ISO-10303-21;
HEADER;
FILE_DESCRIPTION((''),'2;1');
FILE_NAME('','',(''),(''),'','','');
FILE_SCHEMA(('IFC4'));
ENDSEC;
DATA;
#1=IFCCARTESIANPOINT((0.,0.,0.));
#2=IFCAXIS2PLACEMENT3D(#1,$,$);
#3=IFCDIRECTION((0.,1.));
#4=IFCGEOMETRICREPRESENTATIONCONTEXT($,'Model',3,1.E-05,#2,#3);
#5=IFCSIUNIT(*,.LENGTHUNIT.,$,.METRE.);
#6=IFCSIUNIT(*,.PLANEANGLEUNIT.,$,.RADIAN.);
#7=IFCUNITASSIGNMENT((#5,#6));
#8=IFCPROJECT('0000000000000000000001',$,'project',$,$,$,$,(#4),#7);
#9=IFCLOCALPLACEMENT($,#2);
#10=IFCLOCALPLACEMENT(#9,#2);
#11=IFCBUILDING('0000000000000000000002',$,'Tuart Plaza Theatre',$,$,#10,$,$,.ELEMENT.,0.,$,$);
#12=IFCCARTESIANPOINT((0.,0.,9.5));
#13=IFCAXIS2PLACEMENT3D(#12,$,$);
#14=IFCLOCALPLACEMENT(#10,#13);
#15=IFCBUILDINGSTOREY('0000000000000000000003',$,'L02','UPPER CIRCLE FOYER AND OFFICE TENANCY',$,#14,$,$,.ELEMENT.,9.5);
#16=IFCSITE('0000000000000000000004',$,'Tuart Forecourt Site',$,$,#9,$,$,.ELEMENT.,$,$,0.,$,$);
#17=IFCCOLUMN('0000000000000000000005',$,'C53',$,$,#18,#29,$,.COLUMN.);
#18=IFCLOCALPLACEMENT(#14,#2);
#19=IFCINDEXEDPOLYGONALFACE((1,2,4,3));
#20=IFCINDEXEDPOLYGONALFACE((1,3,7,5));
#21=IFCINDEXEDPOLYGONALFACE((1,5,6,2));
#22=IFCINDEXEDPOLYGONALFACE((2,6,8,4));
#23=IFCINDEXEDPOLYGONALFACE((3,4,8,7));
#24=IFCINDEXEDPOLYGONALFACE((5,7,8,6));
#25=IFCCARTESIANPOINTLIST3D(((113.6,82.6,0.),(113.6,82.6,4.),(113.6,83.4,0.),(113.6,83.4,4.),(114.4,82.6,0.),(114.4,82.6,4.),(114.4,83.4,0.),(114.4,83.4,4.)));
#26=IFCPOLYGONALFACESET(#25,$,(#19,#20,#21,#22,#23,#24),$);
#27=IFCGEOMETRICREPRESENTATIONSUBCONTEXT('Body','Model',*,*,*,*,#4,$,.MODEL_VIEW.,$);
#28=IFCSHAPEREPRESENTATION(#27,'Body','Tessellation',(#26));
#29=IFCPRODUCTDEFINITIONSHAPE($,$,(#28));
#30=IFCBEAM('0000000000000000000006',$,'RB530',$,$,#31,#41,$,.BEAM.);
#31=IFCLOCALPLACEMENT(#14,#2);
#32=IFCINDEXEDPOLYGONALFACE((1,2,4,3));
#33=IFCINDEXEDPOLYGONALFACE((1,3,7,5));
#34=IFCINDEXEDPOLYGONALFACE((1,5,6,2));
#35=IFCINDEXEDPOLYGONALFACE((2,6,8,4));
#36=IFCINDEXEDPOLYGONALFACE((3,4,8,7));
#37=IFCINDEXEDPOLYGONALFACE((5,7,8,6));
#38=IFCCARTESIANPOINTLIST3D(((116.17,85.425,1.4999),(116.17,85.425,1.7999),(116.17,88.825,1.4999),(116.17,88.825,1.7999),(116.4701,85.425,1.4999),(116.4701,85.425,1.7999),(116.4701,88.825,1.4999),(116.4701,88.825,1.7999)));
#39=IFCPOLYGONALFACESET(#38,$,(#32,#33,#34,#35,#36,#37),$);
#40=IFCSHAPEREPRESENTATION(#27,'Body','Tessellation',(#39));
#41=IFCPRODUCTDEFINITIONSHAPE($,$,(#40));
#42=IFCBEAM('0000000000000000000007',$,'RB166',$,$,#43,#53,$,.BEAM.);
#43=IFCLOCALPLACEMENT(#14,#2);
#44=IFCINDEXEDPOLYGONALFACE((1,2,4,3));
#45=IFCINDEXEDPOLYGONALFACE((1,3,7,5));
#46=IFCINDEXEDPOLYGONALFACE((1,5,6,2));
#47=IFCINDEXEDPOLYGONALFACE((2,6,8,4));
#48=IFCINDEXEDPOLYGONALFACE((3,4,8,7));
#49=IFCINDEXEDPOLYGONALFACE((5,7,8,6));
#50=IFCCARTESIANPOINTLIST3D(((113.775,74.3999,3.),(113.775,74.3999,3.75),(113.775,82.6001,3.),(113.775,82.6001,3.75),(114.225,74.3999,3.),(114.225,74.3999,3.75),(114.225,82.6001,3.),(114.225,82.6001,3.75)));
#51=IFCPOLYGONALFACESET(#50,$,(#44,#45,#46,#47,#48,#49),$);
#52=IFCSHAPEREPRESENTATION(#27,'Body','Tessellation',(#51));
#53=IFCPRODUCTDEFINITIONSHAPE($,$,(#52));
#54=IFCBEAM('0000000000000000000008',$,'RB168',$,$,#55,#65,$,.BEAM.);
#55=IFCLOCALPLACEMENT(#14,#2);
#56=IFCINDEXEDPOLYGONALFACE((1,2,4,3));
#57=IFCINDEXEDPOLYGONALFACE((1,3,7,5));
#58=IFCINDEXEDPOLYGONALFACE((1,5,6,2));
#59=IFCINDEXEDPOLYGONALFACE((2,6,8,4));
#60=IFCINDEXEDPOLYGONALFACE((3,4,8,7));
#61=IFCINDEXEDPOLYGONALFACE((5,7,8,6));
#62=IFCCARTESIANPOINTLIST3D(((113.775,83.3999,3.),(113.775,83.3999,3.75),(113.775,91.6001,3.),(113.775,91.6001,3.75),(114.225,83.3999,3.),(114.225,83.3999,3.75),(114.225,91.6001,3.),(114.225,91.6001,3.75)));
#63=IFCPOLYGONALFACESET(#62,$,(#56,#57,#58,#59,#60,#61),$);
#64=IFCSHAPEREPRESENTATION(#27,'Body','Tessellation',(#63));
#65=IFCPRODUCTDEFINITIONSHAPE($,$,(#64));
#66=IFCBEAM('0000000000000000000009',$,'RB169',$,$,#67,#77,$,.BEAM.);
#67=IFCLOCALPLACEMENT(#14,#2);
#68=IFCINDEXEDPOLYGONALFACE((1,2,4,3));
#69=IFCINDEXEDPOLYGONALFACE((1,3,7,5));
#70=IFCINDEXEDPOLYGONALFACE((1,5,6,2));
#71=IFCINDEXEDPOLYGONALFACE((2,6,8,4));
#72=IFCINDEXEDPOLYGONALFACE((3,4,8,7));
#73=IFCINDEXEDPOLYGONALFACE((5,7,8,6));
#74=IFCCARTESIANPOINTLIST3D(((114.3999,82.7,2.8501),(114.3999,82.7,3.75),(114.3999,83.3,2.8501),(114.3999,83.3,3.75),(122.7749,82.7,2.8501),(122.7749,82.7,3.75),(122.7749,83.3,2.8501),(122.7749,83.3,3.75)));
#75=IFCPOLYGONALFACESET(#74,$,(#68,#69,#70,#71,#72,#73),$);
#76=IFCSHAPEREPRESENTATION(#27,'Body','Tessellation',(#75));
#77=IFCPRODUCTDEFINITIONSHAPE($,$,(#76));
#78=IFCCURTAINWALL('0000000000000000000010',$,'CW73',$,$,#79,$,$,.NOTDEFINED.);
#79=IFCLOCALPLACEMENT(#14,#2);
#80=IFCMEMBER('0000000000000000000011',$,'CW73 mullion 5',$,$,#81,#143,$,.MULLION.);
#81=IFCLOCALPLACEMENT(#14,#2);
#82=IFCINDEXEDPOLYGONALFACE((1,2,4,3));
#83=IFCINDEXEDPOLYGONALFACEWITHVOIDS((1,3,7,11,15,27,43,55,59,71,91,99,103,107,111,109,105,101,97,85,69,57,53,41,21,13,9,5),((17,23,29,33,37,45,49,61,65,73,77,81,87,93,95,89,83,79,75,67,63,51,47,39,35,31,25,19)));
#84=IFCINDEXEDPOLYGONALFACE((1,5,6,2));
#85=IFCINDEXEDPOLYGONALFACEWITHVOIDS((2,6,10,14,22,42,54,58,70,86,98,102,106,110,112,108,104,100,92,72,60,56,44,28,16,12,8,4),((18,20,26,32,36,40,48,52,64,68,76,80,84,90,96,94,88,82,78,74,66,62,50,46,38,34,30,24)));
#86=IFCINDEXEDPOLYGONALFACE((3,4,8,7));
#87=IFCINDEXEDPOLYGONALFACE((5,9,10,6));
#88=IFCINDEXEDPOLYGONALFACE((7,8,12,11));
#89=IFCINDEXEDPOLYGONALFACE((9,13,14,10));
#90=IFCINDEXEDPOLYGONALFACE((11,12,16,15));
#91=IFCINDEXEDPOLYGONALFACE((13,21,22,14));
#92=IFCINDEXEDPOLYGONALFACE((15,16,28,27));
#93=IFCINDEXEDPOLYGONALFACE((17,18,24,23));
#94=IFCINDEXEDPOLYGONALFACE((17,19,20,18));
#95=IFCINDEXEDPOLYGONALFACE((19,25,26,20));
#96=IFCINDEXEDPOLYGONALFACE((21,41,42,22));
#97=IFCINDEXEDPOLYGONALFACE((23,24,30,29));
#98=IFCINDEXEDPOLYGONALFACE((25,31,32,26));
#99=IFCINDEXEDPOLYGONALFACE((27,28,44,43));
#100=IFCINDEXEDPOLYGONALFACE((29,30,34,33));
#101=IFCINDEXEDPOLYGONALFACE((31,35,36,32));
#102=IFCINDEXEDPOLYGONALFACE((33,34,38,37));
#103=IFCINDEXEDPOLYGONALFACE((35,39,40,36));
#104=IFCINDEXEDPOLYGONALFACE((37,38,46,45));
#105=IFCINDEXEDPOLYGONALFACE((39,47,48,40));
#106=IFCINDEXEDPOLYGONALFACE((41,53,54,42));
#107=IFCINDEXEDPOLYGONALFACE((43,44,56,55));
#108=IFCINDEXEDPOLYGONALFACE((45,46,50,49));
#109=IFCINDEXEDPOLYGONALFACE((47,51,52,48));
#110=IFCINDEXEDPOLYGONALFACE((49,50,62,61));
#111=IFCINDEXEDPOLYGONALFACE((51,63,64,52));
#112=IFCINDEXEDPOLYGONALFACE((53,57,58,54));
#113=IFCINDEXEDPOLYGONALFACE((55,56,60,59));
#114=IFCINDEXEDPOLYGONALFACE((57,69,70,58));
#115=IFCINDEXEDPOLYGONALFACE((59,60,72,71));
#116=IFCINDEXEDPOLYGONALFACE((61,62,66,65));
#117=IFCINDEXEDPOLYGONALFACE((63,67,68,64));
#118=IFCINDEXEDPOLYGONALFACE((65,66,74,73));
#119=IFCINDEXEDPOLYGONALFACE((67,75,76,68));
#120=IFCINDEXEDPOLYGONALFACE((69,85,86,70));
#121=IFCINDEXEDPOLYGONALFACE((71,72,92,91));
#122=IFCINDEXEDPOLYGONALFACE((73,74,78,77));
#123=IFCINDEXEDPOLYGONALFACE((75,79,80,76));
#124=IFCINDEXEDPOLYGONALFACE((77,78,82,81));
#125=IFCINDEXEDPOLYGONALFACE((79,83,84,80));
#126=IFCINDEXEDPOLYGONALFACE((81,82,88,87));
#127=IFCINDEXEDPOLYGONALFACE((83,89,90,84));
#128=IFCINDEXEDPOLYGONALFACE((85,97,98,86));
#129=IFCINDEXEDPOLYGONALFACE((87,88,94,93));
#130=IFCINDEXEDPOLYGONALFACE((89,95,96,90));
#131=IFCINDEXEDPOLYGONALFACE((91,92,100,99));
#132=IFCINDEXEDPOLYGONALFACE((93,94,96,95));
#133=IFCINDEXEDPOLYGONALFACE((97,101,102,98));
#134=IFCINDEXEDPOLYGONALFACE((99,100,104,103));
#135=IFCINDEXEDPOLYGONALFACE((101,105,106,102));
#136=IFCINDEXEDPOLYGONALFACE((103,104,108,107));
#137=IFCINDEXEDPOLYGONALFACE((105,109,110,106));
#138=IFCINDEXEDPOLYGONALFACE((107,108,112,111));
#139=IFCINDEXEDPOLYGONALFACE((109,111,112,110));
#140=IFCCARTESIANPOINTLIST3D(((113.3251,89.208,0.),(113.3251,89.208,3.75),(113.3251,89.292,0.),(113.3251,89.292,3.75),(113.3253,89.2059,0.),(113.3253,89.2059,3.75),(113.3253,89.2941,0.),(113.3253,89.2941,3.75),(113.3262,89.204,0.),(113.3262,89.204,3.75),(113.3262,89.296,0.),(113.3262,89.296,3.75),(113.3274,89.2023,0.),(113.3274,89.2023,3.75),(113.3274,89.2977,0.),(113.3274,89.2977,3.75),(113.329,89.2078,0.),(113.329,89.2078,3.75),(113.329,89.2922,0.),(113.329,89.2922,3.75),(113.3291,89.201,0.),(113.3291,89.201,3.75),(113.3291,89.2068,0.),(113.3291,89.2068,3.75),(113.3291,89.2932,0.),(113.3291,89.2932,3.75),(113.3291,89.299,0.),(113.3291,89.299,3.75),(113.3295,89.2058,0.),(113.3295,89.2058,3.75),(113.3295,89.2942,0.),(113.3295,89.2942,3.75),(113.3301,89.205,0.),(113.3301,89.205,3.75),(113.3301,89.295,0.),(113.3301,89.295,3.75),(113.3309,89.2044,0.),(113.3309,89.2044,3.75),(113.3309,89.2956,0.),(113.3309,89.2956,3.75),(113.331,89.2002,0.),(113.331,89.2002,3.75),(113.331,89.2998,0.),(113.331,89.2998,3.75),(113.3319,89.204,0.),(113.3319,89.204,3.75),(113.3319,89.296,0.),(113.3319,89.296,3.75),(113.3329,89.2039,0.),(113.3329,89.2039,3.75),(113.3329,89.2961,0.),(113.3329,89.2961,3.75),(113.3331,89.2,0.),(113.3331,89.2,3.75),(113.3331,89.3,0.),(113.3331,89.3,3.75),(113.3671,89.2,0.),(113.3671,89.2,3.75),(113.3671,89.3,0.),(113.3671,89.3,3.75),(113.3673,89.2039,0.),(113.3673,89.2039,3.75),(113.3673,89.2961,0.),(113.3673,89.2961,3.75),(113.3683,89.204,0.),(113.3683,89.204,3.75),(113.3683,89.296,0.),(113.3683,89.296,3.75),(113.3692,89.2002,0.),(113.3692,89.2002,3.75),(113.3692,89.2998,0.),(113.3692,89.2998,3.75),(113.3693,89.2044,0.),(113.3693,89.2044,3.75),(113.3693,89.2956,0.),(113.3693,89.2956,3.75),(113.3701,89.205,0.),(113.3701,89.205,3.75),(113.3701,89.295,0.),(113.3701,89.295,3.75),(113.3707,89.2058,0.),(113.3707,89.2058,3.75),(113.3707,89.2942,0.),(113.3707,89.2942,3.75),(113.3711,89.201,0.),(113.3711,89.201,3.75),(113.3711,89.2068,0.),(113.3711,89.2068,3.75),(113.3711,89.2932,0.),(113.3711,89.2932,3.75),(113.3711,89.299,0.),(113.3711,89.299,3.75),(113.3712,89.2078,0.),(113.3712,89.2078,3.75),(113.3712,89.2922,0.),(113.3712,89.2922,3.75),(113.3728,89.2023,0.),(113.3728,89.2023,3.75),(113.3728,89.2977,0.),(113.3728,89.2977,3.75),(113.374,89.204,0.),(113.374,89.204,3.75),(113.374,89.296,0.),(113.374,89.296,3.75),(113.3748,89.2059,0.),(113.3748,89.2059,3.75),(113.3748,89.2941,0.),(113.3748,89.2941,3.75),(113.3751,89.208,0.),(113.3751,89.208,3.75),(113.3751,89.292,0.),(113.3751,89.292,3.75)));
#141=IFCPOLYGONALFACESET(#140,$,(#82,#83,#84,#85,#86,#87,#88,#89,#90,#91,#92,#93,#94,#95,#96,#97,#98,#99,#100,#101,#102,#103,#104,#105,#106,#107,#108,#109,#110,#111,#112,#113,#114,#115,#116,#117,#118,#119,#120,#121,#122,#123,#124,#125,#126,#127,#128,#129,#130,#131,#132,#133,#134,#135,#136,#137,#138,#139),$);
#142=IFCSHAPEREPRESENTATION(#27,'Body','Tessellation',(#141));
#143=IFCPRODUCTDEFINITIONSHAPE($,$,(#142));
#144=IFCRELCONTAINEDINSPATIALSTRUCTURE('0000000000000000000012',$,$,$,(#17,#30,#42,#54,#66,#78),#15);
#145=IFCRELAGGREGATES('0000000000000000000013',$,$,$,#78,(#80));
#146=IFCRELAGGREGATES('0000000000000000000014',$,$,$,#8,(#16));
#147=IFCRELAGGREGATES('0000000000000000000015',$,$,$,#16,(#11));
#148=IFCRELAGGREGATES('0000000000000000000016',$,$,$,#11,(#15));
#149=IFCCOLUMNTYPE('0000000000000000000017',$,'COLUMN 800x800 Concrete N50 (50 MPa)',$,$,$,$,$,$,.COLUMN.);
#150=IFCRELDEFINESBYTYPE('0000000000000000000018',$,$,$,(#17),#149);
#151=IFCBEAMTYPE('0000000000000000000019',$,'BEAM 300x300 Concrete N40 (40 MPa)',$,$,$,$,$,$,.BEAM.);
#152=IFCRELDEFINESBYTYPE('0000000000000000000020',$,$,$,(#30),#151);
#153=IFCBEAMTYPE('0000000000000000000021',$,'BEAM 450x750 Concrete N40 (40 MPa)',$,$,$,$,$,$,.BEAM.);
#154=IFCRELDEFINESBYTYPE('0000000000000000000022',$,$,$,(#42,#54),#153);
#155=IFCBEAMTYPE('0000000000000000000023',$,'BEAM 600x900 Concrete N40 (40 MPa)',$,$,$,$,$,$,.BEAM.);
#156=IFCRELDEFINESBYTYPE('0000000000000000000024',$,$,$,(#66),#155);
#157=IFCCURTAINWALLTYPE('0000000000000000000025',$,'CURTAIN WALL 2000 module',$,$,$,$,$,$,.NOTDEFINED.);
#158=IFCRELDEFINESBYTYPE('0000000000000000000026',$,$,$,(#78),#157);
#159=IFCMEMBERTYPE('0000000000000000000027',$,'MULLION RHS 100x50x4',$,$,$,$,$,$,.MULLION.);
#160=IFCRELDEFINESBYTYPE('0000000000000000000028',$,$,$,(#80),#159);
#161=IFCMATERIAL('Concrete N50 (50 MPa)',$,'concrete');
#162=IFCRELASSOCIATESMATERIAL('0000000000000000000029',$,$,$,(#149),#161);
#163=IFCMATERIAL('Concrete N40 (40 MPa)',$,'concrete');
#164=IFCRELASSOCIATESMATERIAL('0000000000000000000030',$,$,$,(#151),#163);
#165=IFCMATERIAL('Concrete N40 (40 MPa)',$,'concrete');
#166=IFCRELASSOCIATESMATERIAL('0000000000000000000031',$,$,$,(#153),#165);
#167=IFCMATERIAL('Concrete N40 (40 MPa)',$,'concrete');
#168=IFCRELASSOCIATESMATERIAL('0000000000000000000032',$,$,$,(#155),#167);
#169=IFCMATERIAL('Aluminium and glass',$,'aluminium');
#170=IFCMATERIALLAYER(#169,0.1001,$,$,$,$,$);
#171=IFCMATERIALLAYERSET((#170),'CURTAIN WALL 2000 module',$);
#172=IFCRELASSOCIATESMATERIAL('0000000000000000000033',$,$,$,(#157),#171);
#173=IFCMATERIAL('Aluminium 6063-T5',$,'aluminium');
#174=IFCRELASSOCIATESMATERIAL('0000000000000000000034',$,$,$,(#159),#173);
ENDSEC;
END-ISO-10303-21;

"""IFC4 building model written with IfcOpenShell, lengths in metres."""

from ifc_helpers import new_model, si_unit, direction, frame, origin, origin_2d, place, context, subcontext, project, spatial, rectangle, hollow_rectangle, extrude, material, layer, layer_set, material_profile, profile_set, type_object, element, aggregate, save


model = new_model("IFC4")

# Units and contexts
model_context = context("Model", 3, precision=1e-05, world=origin(), true_north=direction((0.0, 1.0)))
body_context = subcontext(model_context, "Body", "Model", "MODEL_VIEW")
ifc_project = project(units=[si_unit("LENGTHUNIT", "METRE"), si_unit("PLANEANGLEUNIT", "RADIAN")], contexts=[model_context])

# Site, building, storey
site_placement = place(None, origin())
site = spatial("IfcSite", under=ifc_project, at=site_placement, Name="Tuart Forecourt Site", CompositionType="ELEMENT", RefElevation=0.0)
building_placement = place(site_placement, origin())
building = spatial("IfcBuilding", under=site, at=building_placement, Name="Tuart Plaza Theatre", CompositionType="ELEMENT", ElevationOfRefHeight=0.0)
storey_placement = place(building_placement, frame((0.0, 0.0, 9.5)))
storey = spatial("IfcBuildingStorey", under=building, at=storey_placement, Name="L02", Description="UPPER CIRCLE FOYER AND OFFICE TENANCY", CompositionType="ELEMENT", Elevation=9.5)

# Column
ifc_material_1 = material(Name="Concrete N50 (50 MPa)", Category="concrete")
ifc_material_profile_1 = material_profile(ifc_material_1, rectangle(XDim=0.8, YDim=0.8, at=origin_2d()), Name="COLUMN 800x800 Concrete N50 (50 MPa)")
ifc_profile_set_1 = profile_set([ifc_material_profile_1], Name="Concrete N50 (50 MPa)")
column_type = type_object("IfcColumnType", Name="COLUMN 800x800 Concrete N50 (50 MPa)", PredefinedType="COLUMN", material=ifc_profile_set_1)
column_placement = place(storey_placement, frame((114.0, 83.0, 0.0), z_axis=(0.0, 0.0, 1.0), x_axis=(1.0, 0.0, 0.0)))
element("IfcColumn", 1, at=column_placement, inside=storey, type_object=column_type, Name="C53", PredefinedType="COLUMN", context=body_context, shape_type="SweptSolid", body=[
    extrude(rectangle(XDim=0.8, YDim=0.8, at=origin_2d()), origin(), (0.0, 0.0, 1.0), 4.0),
])

# Beams
ifc_material_2 = material(Name="Concrete N40 (40 MPa)", Category="concrete")
ifc_material_profile_2 = material_profile(ifc_material_2, rectangle(XDim=0.3, YDim=0.3, at=origin_2d()), Name="BEAM 300x300 Concrete N40 (40 MPa)")
ifc_profile_set_2 = profile_set([ifc_material_profile_2], Name="Concrete N40 (40 MPa)")
beam_type_1 = type_object("IfcBeamType", Name="BEAM 300x300 Concrete N40 (40 MPa)", PredefinedType="BEAM", material=ifc_profile_set_2)
beam_1_placement = place(storey_placement, frame((116.3201, 88.825, 1.6499), z_axis=(0.0, -1.0, 0.0), x_axis=(1.0, 0.0, 0.0)))
element("IfcBeam", 2, at=beam_1_placement, inside=storey, type_object=beam_type_1, Name="RB530", PredefinedType="BEAM", context=body_context, shape_type="SweptSolid", body=[
    extrude(rectangle(XDim=0.3, YDim=0.3, at=origin_2d()), origin(), (0.0, 0.0, 1.0), 3.3999),
])
ifc_material_3 = material(Name="Concrete N40 (40 MPa)", Category="concrete")
ifc_material_profile_3 = material_profile(ifc_material_3, rectangle(XDim=0.45, YDim=0.75, at=origin_2d()), Name="BEAM 450x750 Concrete N40 (40 MPa)")
ifc_profile_set_3 = profile_set([ifc_material_profile_3], Name="Concrete N40 (40 MPa)")
beam_type_2 = type_object("IfcBeamType", Name="BEAM 450x750 Concrete N40 (40 MPa)", PredefinedType="BEAM", material=ifc_profile_set_3)
for number, where, z_axis, x_axis, name in (
    (3, (114.0, 74.3999, 3.375), (0.0, 1.0, 0.0), (-1.0, 0.0, 0.0), "RB166"),
    (4, (114.0, 83.3999, 3.375), (0.0, 1.0, 0.0), (-1.0, 0.0, 0.0), "RB168"),
):
    element("IfcBeam", number, at=place(storey_placement, frame(where, z_axis=z_axis, x_axis=x_axis)), inside=storey, type_object=beam_type_2, Name=name, PredefinedType="BEAM", context=body_context, shape_type="SweptSolid", body=[
        extrude(rectangle(XDim=0.45, YDim=0.75, at=origin_2d()), origin(), (0.0, 0.0, 1.0), 8.2002),
    ])
ifc_material_4 = material(Name="Concrete N40 (40 MPa)", Category="concrete")
ifc_material_profile_4 = material_profile(ifc_material_4, rectangle(XDim=0.6001, YDim=0.8999, at=origin_2d()), Name="BEAM 600x900 Concrete N40 (40 MPa)")
ifc_profile_set_4 = profile_set([ifc_material_profile_4], Name="Concrete N40 (40 MPa)")
beam_type_3 = type_object("IfcBeamType", Name="BEAM 600x900 Concrete N40 (40 MPa)", PredefinedType="BEAM", material=ifc_profile_set_4)
beam_2_placement = place(storey_placement, frame((114.3999, 83.0, 3.3), z_axis=(1.0, 0.0, 0.0), x_axis=(0.0, 1.0, 0.0)))
element("IfcBeam", 5, at=beam_2_placement, inside=storey, type_object=beam_type_3, Name="RB169", PredefinedType="BEAM", context=body_context, shape_type="SweptSolid", body=[
    extrude(rectangle(XDim=0.6001, YDim=0.8999, at=origin_2d()), origin(), (0.0, 0.0, 1.0), 8.375),
])

# Curtain wall, member
ifc_material_5 = material(Name="Aluminium and glass", Category="aluminium")
ifc_layer_1 = layer(ifc_material_5, 0.1001)
ifc_layer_set_1 = layer_set([ifc_layer_1], Name="CURTAIN WALL 2000 module")
curtain_wall_type = type_object("IfcCurtainWallType", Name="CURTAIN WALL 2000 module", PredefinedType="NOTDEFINED", material=ifc_layer_set_1)
curtain_wall_placement = place(storey_placement, origin())
curtain_wall = element("IfcCurtainWall", 6, at=curtain_wall_placement, inside=storey, type_object=curtain_wall_type, Name="CW73", PredefinedType="NOTDEFINED")
ifc_material_6 = material(Name="Aluminium 6063-T5", Category="aluminium")
ifc_material_profile_5 = material_profile(ifc_material_6, hollow_rectangle(XDim=0.05, YDim=0.1001, WallThickness=0.0039, InnerFilletRadius=0.0039, OuterFilletRadius=0.0081, at=origin_2d()), Name="RHS 100x50x4")
ifc_profile_set_5 = profile_set([ifc_material_profile_5], Name="Aluminium 6063-T5")
member_type_1 = type_object("IfcMemberType", Name="MULLION RHS 100x50x4", PredefinedType="MULLION", material=ifc_profile_set_5)
member_1_placement = place(storey_placement, frame((113.3501, 89.25, 0.0), z_axis=(0.0, 0.0, 1.0), x_axis=(1.0, 0.0, 0.0)))
member_1 = element("IfcMember", 7, at=member_1_placement, type_object=member_type_1, Name="CW73 mullion 5", PredefinedType="MULLION", context=body_context, shape_type="SweptSolid", body=[
    extrude(hollow_rectangle(XDim=0.05, YDim=0.1001, WallThickness=0.0039, InnerFilletRadius=0.0039, OuterFilletRadius=0.0081, at=origin_2d()), origin(), (0.0, 0.0, 1.0), 3.75),
])
aggregate(curtain_wall, [member_1])

save(model, "model.ifc")
